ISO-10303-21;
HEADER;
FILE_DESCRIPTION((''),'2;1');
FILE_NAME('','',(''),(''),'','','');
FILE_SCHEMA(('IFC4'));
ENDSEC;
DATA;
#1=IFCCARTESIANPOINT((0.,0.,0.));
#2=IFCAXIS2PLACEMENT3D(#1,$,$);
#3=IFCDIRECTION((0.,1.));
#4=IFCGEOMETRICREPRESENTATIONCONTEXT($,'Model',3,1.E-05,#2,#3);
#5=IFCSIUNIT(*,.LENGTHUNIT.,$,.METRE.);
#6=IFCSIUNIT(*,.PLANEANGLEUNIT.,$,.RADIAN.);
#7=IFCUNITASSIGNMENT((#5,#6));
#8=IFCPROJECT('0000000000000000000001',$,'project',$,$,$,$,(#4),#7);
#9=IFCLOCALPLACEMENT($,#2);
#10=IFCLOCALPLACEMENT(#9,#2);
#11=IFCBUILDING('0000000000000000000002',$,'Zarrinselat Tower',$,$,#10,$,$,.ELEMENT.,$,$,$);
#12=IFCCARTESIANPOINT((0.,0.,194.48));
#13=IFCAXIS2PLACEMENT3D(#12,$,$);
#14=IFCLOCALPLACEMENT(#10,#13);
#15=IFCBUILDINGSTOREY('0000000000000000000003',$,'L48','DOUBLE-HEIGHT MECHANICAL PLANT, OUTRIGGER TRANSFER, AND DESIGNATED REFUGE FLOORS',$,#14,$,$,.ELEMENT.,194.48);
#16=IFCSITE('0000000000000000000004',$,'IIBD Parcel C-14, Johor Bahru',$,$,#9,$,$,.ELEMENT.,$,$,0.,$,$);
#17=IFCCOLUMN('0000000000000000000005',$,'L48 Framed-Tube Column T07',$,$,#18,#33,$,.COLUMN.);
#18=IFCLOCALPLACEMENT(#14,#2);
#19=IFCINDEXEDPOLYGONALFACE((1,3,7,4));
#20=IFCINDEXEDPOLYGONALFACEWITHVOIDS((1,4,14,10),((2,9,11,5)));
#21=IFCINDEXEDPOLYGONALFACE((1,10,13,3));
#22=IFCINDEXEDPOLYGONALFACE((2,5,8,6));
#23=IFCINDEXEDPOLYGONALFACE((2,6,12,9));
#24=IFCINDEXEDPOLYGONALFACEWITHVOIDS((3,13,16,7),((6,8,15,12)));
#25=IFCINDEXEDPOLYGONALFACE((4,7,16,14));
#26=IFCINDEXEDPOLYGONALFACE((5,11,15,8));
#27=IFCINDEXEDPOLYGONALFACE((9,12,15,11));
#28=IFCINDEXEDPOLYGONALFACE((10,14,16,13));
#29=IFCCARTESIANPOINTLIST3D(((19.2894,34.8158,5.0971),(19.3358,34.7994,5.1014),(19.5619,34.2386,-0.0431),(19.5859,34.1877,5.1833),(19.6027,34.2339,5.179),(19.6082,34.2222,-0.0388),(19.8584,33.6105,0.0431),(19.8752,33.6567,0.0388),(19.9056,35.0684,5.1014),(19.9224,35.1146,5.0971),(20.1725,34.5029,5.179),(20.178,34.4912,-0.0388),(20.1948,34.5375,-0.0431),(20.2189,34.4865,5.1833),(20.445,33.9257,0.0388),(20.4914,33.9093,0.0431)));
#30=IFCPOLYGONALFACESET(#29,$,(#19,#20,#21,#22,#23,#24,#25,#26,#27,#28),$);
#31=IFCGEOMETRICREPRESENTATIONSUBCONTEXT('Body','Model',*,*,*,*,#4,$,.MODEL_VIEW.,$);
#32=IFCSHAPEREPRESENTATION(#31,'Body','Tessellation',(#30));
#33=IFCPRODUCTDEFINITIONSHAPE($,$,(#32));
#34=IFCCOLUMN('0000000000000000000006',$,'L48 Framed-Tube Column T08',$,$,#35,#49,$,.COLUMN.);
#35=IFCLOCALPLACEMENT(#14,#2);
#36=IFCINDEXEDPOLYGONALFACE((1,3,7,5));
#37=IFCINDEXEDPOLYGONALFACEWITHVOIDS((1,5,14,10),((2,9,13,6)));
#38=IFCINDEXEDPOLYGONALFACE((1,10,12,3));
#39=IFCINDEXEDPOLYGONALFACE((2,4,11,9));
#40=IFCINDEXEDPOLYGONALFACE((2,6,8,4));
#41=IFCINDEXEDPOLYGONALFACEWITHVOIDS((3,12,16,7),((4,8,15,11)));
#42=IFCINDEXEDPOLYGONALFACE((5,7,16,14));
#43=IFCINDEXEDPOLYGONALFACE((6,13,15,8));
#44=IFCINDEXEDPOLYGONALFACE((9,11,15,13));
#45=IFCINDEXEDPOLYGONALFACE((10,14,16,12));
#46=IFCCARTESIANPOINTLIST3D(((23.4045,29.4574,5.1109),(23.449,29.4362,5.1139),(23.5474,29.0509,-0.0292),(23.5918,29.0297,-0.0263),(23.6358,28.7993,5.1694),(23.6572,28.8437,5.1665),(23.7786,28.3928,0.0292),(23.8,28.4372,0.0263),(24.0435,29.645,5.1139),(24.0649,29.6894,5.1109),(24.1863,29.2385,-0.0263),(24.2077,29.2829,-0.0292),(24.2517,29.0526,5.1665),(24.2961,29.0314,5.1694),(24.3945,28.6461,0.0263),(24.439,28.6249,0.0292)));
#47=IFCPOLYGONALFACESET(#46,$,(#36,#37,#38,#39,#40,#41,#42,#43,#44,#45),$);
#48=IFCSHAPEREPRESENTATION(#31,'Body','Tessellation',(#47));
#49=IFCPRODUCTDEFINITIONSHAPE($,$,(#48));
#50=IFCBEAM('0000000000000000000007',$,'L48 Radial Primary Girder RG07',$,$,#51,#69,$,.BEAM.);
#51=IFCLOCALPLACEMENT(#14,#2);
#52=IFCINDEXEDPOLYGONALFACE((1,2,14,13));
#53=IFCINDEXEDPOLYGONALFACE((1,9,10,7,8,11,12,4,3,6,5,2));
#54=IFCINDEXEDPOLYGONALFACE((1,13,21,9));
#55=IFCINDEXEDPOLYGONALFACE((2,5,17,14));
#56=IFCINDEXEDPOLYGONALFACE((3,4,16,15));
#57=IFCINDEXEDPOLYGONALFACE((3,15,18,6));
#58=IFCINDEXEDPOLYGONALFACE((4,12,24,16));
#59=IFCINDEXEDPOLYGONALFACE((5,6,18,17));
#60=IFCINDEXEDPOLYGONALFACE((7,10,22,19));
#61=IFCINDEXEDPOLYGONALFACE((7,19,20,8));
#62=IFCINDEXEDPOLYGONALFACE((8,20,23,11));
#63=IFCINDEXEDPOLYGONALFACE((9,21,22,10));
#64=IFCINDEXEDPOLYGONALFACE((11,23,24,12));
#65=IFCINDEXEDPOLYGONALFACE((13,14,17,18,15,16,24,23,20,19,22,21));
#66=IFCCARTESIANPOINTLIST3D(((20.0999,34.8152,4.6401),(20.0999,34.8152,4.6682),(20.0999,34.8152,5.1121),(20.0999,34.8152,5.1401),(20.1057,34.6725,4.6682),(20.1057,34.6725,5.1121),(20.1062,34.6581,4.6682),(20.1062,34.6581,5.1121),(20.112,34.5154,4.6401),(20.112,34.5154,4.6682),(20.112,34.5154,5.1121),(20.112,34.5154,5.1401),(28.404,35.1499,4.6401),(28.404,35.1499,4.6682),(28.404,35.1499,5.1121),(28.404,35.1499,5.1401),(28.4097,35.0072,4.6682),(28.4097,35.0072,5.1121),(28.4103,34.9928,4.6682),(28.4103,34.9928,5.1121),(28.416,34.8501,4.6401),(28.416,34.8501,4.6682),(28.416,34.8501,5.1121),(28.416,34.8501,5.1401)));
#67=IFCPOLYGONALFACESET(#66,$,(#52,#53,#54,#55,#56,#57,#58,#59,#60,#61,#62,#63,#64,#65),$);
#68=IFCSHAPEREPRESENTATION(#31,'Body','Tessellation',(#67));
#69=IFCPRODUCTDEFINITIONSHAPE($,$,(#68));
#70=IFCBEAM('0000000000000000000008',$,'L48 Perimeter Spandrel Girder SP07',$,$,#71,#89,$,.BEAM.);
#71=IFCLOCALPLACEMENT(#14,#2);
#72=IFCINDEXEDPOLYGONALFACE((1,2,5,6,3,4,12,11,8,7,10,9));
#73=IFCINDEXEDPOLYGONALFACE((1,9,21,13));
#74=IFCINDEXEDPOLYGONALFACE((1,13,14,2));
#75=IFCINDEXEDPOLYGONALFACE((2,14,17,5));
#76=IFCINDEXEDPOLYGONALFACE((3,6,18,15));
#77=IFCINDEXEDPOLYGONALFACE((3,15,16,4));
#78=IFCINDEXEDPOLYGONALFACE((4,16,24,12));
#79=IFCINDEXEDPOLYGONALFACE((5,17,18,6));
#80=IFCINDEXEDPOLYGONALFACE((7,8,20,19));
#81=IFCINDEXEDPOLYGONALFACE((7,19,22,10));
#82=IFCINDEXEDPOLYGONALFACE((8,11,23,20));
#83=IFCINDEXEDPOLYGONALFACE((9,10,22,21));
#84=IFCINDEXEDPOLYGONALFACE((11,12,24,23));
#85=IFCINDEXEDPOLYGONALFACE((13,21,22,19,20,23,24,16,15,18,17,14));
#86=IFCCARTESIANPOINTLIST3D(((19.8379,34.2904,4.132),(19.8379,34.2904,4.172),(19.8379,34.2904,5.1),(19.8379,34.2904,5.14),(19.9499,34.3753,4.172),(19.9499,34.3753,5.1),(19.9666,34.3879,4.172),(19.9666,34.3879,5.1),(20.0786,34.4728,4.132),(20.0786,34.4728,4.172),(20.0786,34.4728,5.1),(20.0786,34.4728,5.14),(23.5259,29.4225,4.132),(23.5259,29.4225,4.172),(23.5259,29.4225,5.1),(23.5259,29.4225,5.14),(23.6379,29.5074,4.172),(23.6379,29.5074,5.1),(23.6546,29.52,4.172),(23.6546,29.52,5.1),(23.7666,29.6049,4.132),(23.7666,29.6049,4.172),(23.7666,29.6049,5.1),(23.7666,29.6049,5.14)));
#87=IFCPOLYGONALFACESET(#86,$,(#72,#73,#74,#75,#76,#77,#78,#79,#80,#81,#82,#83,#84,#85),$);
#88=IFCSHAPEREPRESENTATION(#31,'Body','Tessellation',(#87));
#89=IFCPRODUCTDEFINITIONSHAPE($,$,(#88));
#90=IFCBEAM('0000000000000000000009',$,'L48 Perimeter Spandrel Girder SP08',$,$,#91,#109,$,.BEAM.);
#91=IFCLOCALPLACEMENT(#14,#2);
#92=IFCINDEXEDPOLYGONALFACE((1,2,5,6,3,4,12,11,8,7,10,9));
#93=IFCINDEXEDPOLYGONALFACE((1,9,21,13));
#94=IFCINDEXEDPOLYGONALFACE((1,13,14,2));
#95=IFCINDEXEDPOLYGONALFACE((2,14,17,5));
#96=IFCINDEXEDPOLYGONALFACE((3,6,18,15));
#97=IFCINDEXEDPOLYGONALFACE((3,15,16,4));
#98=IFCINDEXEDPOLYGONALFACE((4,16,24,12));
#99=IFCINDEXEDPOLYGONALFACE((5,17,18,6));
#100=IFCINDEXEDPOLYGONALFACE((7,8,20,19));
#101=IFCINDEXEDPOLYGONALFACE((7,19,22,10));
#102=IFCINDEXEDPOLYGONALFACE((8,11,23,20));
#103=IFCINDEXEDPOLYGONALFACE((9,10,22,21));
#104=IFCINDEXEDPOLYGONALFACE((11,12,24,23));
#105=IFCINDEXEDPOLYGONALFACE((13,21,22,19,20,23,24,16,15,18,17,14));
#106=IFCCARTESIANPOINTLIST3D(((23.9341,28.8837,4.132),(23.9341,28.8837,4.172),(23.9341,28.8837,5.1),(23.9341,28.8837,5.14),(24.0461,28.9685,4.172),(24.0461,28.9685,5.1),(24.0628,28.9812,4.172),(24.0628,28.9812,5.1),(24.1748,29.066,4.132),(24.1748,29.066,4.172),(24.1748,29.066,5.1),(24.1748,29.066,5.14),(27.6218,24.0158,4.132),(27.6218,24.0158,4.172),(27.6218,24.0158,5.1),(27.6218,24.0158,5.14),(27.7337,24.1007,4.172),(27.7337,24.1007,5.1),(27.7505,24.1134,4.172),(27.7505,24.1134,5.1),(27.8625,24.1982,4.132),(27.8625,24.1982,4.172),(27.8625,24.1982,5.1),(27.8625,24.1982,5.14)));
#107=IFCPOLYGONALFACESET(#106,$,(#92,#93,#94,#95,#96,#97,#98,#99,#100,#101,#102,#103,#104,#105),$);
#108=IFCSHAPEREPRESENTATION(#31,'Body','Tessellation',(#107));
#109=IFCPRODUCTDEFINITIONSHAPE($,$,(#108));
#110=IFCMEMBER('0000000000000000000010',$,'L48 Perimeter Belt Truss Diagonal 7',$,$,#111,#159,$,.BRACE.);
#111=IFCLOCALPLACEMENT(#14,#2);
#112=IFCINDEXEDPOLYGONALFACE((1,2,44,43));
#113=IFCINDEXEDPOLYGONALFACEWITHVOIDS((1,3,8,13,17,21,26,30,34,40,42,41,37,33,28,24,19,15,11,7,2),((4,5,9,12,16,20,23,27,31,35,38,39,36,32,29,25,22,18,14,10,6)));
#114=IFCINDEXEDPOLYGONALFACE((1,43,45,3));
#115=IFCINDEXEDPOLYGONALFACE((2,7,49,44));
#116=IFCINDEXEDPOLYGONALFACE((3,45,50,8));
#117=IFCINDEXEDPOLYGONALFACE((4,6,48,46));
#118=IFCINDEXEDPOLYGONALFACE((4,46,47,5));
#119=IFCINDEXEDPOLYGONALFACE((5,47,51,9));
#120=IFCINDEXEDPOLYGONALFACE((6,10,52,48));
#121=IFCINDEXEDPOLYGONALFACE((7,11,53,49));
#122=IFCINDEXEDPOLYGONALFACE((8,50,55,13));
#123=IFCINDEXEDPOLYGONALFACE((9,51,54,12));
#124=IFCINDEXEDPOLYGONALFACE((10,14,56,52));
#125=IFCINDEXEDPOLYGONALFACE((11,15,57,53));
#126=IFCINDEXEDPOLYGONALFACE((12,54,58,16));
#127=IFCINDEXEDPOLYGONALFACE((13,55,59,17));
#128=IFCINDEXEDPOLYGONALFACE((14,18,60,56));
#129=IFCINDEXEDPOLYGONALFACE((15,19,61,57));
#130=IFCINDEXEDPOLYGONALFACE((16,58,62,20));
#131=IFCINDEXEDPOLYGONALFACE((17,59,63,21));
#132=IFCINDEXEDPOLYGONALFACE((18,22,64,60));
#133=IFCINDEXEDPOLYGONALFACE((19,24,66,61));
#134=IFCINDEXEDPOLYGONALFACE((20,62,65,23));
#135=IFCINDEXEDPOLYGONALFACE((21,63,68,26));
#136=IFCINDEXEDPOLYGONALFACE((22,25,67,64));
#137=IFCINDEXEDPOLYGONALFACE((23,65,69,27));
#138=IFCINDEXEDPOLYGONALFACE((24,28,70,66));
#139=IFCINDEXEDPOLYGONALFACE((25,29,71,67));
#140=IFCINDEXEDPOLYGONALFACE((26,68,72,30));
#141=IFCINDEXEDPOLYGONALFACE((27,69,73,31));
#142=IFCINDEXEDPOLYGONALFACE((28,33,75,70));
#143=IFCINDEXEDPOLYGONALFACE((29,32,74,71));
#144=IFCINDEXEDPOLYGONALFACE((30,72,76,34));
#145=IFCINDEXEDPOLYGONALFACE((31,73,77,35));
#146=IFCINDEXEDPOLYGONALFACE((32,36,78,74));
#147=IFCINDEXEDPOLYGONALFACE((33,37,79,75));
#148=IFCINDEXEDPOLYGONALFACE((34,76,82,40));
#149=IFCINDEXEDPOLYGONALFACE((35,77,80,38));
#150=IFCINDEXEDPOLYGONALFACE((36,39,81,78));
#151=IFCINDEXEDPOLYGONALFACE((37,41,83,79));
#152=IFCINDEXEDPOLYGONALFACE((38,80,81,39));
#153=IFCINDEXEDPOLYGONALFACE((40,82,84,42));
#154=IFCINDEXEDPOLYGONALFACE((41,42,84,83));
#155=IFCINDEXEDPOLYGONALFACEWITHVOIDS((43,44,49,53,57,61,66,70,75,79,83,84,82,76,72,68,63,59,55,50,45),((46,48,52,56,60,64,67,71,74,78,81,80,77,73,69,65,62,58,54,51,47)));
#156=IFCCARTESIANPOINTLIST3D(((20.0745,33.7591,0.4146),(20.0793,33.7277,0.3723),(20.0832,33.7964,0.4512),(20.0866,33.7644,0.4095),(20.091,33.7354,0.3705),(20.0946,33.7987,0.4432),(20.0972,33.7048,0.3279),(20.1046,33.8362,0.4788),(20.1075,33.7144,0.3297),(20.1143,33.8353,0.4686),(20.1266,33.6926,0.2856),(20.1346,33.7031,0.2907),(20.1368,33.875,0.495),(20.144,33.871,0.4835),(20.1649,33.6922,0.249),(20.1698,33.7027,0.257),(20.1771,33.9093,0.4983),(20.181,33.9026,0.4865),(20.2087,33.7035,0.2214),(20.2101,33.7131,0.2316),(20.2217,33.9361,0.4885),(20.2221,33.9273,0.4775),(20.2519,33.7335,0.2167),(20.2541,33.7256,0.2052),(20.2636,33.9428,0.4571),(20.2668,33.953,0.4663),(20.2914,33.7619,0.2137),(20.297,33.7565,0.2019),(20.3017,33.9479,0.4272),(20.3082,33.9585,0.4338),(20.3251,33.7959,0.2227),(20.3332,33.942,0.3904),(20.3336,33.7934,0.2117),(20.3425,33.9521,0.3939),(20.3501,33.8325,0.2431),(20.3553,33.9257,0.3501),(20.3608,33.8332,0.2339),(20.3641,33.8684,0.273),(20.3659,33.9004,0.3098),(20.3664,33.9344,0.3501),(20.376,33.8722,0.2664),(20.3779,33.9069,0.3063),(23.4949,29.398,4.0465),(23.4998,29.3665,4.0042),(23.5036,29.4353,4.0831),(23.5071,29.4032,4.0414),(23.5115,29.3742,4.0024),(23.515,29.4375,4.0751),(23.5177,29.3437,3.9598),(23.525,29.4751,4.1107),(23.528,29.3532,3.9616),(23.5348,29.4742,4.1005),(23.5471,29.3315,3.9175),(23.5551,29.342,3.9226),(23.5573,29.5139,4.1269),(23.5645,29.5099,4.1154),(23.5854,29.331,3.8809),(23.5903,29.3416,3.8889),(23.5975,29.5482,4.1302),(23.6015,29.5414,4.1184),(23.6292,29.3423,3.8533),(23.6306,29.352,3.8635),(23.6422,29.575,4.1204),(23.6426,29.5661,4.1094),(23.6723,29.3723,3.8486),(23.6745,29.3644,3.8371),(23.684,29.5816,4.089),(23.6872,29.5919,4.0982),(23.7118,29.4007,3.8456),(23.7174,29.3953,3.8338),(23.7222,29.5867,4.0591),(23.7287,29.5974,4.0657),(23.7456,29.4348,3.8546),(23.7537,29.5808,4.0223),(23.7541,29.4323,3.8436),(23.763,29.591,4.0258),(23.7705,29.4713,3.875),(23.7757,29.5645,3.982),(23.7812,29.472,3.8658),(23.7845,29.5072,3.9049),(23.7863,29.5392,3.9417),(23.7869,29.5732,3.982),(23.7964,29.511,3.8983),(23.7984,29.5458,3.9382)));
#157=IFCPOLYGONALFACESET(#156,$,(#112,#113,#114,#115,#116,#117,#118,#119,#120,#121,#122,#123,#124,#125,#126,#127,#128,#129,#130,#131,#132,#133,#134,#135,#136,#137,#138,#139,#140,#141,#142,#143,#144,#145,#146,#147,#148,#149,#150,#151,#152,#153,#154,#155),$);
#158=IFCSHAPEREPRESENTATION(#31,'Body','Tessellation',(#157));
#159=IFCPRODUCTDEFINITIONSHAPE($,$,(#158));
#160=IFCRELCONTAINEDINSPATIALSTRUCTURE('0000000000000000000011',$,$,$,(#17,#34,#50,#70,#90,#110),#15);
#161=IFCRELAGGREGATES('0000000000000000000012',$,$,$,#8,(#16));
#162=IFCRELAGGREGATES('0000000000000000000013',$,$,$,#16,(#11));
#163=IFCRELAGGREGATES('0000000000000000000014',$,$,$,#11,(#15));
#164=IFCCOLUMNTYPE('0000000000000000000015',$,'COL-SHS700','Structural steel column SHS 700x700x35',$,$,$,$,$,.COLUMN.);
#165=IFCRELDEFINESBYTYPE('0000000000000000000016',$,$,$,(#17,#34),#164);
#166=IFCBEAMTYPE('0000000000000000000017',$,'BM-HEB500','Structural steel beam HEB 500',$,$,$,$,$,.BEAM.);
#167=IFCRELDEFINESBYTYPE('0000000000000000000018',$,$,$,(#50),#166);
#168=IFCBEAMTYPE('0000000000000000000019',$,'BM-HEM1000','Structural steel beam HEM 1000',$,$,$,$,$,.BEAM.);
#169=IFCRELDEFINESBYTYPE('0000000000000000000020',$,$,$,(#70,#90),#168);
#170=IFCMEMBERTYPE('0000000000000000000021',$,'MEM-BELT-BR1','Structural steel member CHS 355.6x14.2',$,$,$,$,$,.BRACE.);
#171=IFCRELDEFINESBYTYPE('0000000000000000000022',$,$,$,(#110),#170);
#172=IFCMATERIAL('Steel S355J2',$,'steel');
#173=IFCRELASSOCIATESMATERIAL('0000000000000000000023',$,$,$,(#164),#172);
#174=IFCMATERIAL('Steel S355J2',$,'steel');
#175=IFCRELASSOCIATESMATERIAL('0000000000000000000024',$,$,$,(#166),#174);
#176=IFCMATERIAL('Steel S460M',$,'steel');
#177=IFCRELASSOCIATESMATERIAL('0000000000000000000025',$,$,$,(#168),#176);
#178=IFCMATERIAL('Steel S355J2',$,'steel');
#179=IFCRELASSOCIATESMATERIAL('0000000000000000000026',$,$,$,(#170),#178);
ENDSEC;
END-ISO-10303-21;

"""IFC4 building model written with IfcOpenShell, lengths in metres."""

from ifc_helpers import new_model, si_unit, direction, frame, origin, origin_2d, place, context, subcontext, project, spatial, hollow_rectangle, hollow_circle, i_section, extrude, material, material_profile, profile_set, type_object, element, save


model = new_model("IFC4")

# Units and contexts
model_context = context("Model", 3, precision=1e-05, world=origin(), true_north=direction((0.0, 1.0)))
body_context = subcontext(model_context, "Body", "Model", "MODEL_VIEW")
ifc_project = project(units=[si_unit("LENGTHUNIT", "METRE"), si_unit("PLANEANGLEUNIT", "RADIAN")], contexts=[model_context])

# Site, building, storey
site_placement = place(None, origin())
site = spatial("IfcSite", under=ifc_project, at=site_placement, Name="IIBD Parcel C-14, Johor Bahru", CompositionType="ELEMENT", RefElevation=0.0)
building_placement = place(site_placement, origin())
building = spatial("IfcBuilding", under=site, at=building_placement, Name="Zarrinselat Tower", CompositionType="ELEMENT")
storey_placement = place(building_placement, frame((0.0, 0.0, 194.48)))
storey = spatial("IfcBuildingStorey", under=building, at=storey_placement, Name="L48", Description="DOUBLE-HEIGHT MECHANICAL PLANT, OUTRIGGER TRANSFER, AND DESIGNATED REFUGE FLOORS", CompositionType="ELEMENT", Elevation=194.48)

# Columns
ifc_material_1 = material(Name="Steel S355J2", Category="steel")
ifc_material_profile_1 = material_profile(ifc_material_1, hollow_rectangle(XDim=0.7, YDim=0.7, WallThickness=0.0349, at=origin_2d()), Name="SHS 700x700x35")
ifc_profile_set_1 = profile_set([ifc_material_profile_1], Name="Steel S355J2")
column_type = type_object("IfcColumnType", Name="COL-SHS700", Description="Structural steel column SHS 700x700x35", PredefinedType="COLUMN", material=ifc_profile_set_1)
column_1_placement = place(storey_placement, frame((20.0266, 34.074, 0.0), z_axis=(-0.052603, 0.111427, 0.992379), x_axis=(-0.904298, -0.426902, 0.0)))
element("IfcColumn", 1, at=column_1_placement, inside=storey, type_object=column_type, Name="L48 Framed-Tube Column T07", PredefinedType="COLUMN", context=body_context, shape_type="SweptSolid", body=[
    extrude(hollow_rectangle(XDim=0.7, YDim=0.7, WallThickness=0.0349, at=origin_2d()), origin(), (0.0, 0.0, 1.0), 5.1797),
])
column_2_placement = place(storey_placement, frame((23.9932, 28.8379, 0.0), z_axis=(-0.027689, 0.078806, 0.996505), x_axis=(-0.94346, -0.331486, 0.0)))
element("IfcColumn", 2, at=column_2_placement, inside=storey, type_object=column_type, Name="L48 Framed-Tube Column T08", PredefinedType="COLUMN", context=body_context, shape_type="SweptSolid", body=[
    extrude(hollow_rectangle(XDim=0.7, YDim=0.7, WallThickness=0.0349, at=origin_2d()), origin(), (0.0, 0.0, 1.0), 5.1582),
])

# Beams
ifc_material_2 = material(Name="Steel S355J2", Category="steel")
ifc_material_profile_2 = material_profile(ifc_material_2, i_section(OverallWidth=0.3, OverallDepth=0.5, WebThickness=0.0144, FlangeThickness=0.0281, at=origin_2d()), Name="HEB 500")
ifc_profile_set_2 = profile_set([ifc_material_profile_2], Name="Steel S355J2")
beam_type_1 = type_object("IfcBeamType", Name="BM-HEB500", Description="Structural steel beam HEB 500", PredefinedType="BEAM", material=ifc_profile_set_2)
beam_1_placement = place(storey_placement, frame((20.106, 34.6653, 4.8901), z_axis=(0.999189, 0.040275, 0.0), x_axis=(-0.040275, 0.999189, 0.0)))
element("IfcBeam", 3, at=beam_1_placement, inside=storey, type_object=beam_type_1, Name="L48 Radial Primary Girder RG07", PredefinedType="BEAM", context=body_context, shape_type="SweptSolid", body=[
    extrude(i_section(OverallWidth=0.3, OverallDepth=0.5, WebThickness=0.0144, FlangeThickness=0.0281, at=origin_2d()), origin(), (0.0, 0.0, 1.0), 8.3108),
])
ifc_material_3 = material(Name="Steel S460M", Category="steel")
ifc_material_profile_3 = material_profile(ifc_material_3, i_section(OverallWidth=0.302, OverallDepth=1.0081, WebThickness=0.021, FlangeThickness=0.04, at=origin_2d()), Name="HEM 1000")
ifc_profile_set_3 = profile_set([ifc_material_profile_3], Name="Steel S460M")
beam_type_2 = type_object("IfcBeamType", Name="BM-HEM1000", Description="Structural steel beam HEM 1000", PredefinedType="BEAM", material=ifc_profile_set_3)
beam_2_placement = place(storey_placement, frame((19.9583, 34.3816, 4.636), z_axis=(0.603875, -0.797079, 0.0), x_axis=(0.797079, 0.603875, 0.0)))
element("IfcBeam", 4, at=beam_2_placement, inside=storey, type_object=beam_type_2, Name="L48 Perimeter Spandrel Girder SP07", PredefinedType="BEAM", context=body_context, shape_type="SweptSolid", body=[
    extrude(i_section(OverallWidth=0.302, OverallDepth=1.0081, WebThickness=0.021, FlangeThickness=0.04, at=origin_2d()), origin(), (0.0, 0.0, 1.0), 6.1072),
])
beam_3_placement = place(storey_placement, frame((24.0544, 28.9749, 4.636), z_axis=(0.60385, -0.797098, 0.0), x_axis=(0.797098, 0.60385, 0.0)))
element("IfcBeam", 5, at=beam_3_placement, inside=storey, type_object=beam_type_2, Name="L48 Perimeter Spandrel Girder SP08", PredefinedType="BEAM", context=body_context, shape_type="SweptSolid", body=[
    extrude(i_section(OverallWidth=0.302, OverallDepth=1.0081, WebThickness=0.021, FlangeThickness=0.04, at=origin_2d()), origin(), (0.0, 0.0, 1.0), 6.1069),
])

# Member
ifc_material_4 = material(Name="Steel S355J2", Category="steel")
ifc_material_profile_4 = material_profile(ifc_material_4, hollow_circle(Radius=0.1777, WallThickness=0.0142, at=origin_2d()), Name="CHS 355.6x14.2")
ifc_profile_set_4 = profile_set([ifc_material_profile_4], Name="Steel S355J2")
member_type_1 = type_object("IfcMemberType", Name="MEM-BELT-BR1", Description="Structural steel member CHS 355.6x14.2", PredefinedType="BRACE", material=ifc_profile_set_4)
member_1_placement = place(storey_placement, frame((20.2266, 33.8247, 0.3501), z_axis=(0.516183, -0.658143, 0.54809), x_axis=(0.786858, 0.617135, 0.0)))
element("IfcMember", 6, at=member_1_placement, inside=storey, type_object=member_type_1, Name="L48 Perimeter Belt Truss Diagonal 7", PredefinedType="BRACE", context=body_context, shape_type="SweptSolid", body=[
    extrude(hollow_circle(Radius=0.1777, WallThickness=0.0142, at=origin_2d()), origin(), (0.0, 0.0, 1.0), 6.6265),
])

save(model, "model.ifc")
